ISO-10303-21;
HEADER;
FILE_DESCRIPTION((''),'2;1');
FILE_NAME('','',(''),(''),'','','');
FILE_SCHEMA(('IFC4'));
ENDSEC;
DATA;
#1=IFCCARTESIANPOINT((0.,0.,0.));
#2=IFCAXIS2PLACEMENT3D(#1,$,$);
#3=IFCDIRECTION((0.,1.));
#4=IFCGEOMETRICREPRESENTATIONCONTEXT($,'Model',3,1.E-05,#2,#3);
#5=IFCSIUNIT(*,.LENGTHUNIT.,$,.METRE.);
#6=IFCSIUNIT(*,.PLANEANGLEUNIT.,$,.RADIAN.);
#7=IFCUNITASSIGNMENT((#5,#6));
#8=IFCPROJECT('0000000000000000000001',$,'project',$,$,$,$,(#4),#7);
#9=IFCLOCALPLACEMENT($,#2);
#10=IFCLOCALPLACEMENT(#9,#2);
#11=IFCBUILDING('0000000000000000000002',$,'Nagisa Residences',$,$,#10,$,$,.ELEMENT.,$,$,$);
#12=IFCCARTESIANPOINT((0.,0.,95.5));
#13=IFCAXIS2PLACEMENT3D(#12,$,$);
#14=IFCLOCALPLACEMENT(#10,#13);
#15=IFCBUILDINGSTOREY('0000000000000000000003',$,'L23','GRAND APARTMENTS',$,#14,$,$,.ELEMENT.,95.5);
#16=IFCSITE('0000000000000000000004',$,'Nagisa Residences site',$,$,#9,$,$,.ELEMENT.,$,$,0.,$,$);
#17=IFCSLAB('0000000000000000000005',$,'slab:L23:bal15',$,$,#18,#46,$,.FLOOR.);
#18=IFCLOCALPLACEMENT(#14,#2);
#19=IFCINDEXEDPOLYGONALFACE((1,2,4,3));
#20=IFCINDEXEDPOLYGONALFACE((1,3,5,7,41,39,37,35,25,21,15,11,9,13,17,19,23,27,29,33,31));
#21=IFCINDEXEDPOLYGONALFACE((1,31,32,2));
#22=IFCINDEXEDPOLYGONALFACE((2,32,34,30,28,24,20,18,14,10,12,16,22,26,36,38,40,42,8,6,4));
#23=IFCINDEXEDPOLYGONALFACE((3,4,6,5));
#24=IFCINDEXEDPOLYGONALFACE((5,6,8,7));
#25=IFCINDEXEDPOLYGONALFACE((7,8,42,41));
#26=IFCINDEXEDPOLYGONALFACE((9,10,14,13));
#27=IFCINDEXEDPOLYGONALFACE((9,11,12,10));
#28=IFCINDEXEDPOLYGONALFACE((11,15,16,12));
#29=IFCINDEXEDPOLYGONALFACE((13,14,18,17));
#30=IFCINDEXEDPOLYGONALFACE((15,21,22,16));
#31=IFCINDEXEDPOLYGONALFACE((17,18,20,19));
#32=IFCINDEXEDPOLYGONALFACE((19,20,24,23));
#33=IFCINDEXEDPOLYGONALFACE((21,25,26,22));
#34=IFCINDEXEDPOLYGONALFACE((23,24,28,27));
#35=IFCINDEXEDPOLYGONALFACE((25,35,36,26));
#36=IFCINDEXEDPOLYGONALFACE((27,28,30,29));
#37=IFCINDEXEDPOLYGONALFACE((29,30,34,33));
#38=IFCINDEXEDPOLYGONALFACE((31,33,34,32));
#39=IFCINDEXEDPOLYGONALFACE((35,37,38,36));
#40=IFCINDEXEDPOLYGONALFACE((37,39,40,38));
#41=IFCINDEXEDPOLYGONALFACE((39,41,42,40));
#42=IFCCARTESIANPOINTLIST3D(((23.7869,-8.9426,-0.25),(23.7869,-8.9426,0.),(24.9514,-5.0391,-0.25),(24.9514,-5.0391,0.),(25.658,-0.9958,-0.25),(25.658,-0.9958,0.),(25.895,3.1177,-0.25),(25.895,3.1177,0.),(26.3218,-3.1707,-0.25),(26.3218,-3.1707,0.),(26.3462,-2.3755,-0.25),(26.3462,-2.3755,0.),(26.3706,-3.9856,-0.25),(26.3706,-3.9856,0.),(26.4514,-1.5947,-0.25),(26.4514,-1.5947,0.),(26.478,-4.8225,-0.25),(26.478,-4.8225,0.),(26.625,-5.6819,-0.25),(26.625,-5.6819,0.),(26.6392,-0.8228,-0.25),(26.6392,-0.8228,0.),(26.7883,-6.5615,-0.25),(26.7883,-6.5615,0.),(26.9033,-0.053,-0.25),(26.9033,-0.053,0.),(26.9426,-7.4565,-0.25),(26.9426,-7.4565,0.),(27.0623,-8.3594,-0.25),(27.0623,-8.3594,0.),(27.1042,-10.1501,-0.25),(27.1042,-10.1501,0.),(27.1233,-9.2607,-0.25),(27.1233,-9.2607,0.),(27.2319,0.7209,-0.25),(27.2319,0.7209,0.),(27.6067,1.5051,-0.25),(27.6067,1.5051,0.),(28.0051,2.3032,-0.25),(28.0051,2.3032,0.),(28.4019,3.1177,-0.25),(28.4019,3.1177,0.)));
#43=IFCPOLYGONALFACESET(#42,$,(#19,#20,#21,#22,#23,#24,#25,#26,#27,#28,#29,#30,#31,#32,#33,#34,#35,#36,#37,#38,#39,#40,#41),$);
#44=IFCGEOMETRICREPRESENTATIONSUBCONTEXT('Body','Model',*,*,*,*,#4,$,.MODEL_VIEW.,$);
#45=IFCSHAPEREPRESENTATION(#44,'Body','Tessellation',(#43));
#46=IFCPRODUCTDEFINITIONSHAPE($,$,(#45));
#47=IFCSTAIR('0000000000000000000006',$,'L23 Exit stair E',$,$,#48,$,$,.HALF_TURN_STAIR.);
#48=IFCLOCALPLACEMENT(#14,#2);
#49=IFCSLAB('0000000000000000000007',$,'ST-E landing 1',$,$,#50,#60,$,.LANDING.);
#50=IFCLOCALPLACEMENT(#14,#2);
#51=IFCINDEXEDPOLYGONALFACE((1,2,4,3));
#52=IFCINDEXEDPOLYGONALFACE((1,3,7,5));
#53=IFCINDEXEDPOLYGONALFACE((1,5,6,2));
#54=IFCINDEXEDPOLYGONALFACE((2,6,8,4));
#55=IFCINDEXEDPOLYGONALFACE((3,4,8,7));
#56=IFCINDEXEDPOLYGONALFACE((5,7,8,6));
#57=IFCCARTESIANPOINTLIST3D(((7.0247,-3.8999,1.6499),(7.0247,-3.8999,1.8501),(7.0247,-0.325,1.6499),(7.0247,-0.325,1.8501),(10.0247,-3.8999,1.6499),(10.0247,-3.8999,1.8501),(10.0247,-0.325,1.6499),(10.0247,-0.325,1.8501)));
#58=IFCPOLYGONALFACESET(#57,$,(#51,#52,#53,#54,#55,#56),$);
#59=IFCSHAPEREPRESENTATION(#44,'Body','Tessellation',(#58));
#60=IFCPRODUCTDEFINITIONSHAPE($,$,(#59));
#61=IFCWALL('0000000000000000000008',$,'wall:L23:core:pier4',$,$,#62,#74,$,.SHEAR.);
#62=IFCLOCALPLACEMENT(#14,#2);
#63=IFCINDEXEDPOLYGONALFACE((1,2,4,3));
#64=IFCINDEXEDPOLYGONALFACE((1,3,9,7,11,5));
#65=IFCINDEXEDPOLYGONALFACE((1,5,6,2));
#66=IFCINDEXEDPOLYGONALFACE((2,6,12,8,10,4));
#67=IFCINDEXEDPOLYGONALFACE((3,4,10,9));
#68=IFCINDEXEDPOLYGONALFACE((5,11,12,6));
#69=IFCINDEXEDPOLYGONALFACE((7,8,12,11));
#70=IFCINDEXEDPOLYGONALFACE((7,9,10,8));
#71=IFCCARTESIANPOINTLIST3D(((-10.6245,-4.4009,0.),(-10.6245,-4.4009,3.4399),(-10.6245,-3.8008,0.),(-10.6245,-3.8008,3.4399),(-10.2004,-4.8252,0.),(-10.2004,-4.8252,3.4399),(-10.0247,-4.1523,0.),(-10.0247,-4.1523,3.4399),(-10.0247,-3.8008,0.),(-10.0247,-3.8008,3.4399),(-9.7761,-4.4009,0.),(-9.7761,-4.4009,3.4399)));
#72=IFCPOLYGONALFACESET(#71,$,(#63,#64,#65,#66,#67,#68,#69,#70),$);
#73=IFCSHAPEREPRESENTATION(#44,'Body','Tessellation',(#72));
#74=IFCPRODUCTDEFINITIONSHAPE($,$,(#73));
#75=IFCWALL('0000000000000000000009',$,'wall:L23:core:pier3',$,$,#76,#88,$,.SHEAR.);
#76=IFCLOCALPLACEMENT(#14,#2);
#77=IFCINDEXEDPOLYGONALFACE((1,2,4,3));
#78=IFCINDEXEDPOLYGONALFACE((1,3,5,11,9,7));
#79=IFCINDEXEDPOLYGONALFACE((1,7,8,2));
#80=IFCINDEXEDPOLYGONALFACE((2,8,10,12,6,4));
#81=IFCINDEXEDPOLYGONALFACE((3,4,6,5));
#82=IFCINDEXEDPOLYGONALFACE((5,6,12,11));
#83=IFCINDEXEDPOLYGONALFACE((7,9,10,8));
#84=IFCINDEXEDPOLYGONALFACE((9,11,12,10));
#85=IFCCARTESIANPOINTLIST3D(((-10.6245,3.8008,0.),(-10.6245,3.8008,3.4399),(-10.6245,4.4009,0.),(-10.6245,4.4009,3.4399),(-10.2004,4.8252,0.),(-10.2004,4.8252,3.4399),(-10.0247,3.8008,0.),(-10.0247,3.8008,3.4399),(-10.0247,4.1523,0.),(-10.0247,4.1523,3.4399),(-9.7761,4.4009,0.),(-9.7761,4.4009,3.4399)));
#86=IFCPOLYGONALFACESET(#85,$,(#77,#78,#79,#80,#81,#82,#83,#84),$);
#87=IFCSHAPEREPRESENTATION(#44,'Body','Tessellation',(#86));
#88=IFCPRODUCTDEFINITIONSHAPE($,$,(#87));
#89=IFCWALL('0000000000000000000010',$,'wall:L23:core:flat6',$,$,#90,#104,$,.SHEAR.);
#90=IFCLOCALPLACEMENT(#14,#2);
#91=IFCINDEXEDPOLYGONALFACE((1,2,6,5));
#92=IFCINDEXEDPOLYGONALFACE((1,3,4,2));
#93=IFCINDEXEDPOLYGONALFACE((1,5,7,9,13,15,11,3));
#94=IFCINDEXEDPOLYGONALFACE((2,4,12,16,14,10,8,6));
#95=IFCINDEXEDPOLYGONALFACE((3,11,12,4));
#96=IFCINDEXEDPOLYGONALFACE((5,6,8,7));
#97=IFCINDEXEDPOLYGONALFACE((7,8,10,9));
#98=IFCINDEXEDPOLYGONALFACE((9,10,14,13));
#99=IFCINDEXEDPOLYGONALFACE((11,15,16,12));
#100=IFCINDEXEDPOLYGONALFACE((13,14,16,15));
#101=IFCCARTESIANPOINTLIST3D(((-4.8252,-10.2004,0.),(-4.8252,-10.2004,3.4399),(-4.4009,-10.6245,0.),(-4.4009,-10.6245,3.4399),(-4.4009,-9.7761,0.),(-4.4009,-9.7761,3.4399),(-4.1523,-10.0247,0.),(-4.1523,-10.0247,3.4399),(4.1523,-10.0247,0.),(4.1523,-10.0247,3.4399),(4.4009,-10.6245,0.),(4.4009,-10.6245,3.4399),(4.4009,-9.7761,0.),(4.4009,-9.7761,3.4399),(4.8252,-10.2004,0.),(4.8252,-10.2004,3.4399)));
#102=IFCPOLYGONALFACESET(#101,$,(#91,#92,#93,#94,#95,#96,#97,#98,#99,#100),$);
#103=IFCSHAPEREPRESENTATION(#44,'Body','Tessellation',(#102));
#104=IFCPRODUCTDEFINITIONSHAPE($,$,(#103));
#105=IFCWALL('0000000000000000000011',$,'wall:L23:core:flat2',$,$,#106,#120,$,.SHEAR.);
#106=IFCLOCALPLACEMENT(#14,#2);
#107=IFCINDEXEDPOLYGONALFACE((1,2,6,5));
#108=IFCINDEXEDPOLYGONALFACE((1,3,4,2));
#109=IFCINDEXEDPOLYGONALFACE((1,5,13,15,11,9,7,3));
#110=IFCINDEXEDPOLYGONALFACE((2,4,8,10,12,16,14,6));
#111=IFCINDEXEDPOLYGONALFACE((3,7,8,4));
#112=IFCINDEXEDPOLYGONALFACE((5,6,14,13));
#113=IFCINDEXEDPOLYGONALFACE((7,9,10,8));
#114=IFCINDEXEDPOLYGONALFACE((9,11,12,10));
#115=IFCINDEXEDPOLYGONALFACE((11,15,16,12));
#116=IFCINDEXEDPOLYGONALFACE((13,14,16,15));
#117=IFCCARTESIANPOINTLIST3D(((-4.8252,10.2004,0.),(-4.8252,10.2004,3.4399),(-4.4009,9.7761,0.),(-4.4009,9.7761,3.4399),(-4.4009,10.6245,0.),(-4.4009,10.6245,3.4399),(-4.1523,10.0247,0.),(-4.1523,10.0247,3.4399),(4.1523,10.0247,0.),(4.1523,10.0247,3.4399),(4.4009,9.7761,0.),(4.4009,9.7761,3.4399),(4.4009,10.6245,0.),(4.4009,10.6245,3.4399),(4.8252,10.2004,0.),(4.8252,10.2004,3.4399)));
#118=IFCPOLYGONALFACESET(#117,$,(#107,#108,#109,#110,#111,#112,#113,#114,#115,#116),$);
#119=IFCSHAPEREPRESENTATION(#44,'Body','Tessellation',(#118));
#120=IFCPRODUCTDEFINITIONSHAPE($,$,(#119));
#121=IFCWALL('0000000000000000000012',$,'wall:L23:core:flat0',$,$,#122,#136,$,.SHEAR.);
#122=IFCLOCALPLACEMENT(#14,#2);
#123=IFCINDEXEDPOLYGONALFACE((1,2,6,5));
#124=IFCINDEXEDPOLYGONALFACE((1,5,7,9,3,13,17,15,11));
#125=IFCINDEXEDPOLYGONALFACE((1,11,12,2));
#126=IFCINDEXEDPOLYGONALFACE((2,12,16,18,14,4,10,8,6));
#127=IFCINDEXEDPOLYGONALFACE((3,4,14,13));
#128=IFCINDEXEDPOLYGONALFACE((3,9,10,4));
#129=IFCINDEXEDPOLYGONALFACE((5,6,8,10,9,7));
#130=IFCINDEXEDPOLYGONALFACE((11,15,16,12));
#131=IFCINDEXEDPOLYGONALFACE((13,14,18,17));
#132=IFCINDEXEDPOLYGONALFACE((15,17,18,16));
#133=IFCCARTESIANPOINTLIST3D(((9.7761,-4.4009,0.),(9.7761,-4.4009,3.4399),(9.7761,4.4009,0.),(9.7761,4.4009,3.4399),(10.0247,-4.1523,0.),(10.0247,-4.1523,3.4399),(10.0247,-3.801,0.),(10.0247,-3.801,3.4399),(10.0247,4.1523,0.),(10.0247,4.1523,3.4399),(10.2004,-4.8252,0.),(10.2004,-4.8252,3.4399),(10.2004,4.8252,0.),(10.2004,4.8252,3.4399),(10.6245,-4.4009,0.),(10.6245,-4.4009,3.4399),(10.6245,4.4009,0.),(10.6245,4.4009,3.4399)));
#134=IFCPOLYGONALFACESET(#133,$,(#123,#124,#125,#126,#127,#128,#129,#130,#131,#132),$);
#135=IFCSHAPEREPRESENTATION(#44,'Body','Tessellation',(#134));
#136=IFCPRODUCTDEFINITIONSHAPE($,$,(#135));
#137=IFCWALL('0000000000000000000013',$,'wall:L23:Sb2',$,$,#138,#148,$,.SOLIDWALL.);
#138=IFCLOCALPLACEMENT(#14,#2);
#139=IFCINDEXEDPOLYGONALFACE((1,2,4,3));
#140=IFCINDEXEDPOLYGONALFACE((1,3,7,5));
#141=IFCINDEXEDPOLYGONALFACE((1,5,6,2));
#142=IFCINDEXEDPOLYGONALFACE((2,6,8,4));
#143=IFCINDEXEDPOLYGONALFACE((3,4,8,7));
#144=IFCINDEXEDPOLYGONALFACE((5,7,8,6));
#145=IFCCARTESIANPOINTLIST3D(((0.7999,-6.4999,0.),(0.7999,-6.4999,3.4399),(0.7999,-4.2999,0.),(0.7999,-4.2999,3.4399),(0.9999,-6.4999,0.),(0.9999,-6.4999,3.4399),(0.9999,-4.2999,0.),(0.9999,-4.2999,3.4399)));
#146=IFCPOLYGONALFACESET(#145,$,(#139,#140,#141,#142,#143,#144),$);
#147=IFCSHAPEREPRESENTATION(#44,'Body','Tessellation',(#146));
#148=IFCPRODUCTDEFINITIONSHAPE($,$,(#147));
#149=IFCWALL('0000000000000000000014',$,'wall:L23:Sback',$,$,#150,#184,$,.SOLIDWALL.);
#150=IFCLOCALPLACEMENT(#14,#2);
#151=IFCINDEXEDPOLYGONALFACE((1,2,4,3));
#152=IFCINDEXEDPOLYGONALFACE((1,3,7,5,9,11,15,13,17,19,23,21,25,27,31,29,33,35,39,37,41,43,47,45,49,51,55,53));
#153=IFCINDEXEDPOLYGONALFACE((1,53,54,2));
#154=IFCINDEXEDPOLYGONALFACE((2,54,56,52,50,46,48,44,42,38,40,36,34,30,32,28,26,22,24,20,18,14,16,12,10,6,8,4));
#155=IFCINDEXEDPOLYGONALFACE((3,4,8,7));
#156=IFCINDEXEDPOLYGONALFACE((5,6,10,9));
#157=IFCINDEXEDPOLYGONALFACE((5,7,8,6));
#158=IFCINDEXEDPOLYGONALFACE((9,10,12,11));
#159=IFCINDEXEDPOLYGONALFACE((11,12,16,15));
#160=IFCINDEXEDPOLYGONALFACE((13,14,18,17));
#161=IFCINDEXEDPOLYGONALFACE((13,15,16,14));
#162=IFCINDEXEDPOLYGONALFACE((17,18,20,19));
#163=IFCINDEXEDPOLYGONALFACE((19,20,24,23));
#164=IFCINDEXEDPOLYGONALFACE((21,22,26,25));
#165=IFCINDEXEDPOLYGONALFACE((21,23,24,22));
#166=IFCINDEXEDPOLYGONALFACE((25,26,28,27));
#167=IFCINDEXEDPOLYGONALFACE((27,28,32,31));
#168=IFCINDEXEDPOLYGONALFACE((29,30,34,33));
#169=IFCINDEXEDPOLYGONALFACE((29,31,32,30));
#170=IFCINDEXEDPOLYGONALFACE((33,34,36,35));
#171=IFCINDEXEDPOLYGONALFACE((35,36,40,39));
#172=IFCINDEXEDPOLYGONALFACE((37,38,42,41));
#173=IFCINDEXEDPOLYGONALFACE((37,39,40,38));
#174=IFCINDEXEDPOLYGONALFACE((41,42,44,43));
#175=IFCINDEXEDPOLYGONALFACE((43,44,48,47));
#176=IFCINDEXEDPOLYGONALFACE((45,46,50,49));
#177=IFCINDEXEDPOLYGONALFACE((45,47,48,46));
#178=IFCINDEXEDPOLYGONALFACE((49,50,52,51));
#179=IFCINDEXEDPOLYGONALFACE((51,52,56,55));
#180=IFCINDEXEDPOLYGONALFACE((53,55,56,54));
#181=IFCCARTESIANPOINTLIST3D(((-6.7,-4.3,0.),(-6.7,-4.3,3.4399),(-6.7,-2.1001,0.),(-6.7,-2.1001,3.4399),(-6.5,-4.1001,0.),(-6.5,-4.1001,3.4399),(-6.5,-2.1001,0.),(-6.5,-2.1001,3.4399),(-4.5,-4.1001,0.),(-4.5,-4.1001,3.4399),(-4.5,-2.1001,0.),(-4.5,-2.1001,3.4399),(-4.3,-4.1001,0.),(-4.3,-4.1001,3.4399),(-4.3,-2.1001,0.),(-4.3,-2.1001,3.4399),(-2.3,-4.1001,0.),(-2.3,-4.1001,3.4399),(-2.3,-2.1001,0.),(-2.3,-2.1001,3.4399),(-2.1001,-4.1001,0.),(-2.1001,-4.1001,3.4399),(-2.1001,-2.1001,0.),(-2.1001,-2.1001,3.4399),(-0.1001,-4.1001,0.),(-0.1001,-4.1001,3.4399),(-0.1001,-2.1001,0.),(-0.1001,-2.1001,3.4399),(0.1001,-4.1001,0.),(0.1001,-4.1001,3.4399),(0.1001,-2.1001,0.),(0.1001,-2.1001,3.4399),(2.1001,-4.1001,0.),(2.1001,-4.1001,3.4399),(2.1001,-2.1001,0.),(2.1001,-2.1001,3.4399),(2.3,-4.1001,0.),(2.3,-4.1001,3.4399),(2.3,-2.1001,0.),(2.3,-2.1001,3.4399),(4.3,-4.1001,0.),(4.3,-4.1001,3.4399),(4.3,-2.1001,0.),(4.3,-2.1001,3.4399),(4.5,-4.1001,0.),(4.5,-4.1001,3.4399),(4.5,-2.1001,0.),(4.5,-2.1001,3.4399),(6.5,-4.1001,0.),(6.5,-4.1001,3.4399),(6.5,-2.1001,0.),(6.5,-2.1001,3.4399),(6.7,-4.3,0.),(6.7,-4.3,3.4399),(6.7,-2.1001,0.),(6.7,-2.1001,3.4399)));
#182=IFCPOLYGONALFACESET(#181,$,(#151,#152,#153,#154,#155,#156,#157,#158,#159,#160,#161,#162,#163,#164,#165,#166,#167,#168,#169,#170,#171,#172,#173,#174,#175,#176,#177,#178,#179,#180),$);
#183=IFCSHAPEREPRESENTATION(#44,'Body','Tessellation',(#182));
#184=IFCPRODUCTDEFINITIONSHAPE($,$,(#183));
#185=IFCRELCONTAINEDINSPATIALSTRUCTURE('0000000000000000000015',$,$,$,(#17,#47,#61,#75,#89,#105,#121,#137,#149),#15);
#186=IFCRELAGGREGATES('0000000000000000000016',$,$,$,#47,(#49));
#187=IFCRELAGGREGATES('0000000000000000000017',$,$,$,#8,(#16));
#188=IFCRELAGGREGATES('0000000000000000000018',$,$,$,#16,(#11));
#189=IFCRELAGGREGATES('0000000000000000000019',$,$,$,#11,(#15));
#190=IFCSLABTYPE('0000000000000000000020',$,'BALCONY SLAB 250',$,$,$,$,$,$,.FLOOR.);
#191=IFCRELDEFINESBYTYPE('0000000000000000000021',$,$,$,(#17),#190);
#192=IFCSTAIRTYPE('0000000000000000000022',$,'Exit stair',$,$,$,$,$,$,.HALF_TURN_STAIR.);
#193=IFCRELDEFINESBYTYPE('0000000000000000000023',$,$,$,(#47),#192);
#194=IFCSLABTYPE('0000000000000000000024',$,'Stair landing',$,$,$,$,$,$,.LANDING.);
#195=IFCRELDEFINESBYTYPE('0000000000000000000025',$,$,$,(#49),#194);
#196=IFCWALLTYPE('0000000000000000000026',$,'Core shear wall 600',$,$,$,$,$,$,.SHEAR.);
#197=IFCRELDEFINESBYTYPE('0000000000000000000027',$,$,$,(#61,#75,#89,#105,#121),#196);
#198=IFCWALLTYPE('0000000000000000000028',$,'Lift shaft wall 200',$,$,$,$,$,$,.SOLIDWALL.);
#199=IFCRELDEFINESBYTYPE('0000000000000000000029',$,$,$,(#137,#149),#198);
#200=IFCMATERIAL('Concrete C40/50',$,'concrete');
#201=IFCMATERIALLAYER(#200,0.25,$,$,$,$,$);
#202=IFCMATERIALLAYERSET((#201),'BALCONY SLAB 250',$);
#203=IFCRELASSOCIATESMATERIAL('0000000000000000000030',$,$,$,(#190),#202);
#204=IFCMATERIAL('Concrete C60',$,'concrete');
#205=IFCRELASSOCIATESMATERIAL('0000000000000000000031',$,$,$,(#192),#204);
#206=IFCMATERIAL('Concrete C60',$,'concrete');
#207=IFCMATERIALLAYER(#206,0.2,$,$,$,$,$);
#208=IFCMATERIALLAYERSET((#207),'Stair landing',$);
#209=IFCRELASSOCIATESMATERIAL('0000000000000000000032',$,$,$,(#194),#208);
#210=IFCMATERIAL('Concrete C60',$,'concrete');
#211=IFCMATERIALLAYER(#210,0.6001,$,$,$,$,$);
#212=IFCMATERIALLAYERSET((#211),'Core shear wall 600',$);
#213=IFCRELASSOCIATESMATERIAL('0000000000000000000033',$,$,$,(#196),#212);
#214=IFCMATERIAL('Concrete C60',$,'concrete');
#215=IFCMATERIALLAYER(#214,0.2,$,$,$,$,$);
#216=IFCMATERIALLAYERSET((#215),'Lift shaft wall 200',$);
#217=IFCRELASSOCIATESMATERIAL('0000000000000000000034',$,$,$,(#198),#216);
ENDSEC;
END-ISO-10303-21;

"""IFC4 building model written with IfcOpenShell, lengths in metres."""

from ifc_helpers import new_model, si_unit, direction, frame, frame_2d, origin, place, context, subcontext, project, spatial, polyline, rectangle, outline, extrude, material, layer, layer_set, type_object, element, aggregate, save


model = new_model("IFC4")

# Units and contexts
model_context = context("Model", 3, precision=1e-05, world=origin(), true_north=direction((0.0, 1.0)))
body_context = subcontext(model_context, "Body", "Model", "MODEL_VIEW")
ifc_project = project(units=[si_unit("LENGTHUNIT", "METRE"), si_unit("PLANEANGLEUNIT", "RADIAN")], contexts=[model_context])

# Site, building, storey
site_placement = place(None, origin())
site = spatial("IfcSite", under=ifc_project, at=site_placement, Name="Nagisa Residences site", CompositionType="ELEMENT", RefElevation=0.0)
building_placement = place(site_placement, origin())
building = spatial("IfcBuilding", under=site, at=building_placement, Name="Nagisa Residences", CompositionType="ELEMENT")
storey_placement = place(building_placement, frame((0.0, 0.0, 95.5)))
storey = spatial("IfcBuildingStorey", under=building, at=storey_placement, Name="L23", Description="GRAND APARTMENTS", CompositionType="ELEMENT", Elevation=95.5)

# Slab
ifc_material_1 = material(Name="Concrete C40/50", Category="concrete")
ifc_layer_1 = layer(ifc_material_1, 0.25)
ifc_layer_set_1 = layer_set([ifc_layer_1], Name="BALCONY SLAB 250")
slab_type_1 = type_object("IfcSlabType", Name="BALCONY SLAB 250", PredefinedType="FLOOR", material=ifc_layer_set_1)
slab_1_placement = place(storey_placement, frame((0.0, 0.0, -0.25)))
element("IfcSlab", 1, at=slab_1_placement, inside=storey, type_object=slab_type_1, Name="slab:L23:bal15", PredefinedType="FLOOR", context=body_context, shape_type="SweptSolid", body=[
    extrude(outline(polyline([(27.1042, -10.1501), (27.1233, -9.2607), (27.0623, -8.3594), (26.9426, -7.4565), (26.7883, -6.5615), (26.625, -5.6819), (26.478, -4.8225), (26.3706, -3.9856), (26.3218, -3.1707), (26.3462, -2.3755), (26.4514, -1.5947), (26.6392, -0.8228), (26.9033, -0.053), (27.2319, 0.7209), (27.6067, 1.5051), (28.0051, 2.3032), (28.4019, 3.1177), (25.895, 3.1177), (25.658, -0.9958), (24.9514, -5.0391), (23.7869, -8.9426), (27.1042, -10.1501)])), origin(), (0.0, 0.0, 1.0), 0.25),
])

# Stair, slab
ifc_material_2 = material(Name="Concrete C60", Category="concrete")
stair_type = type_object("IfcStairType", Name="Exit stair", PredefinedType="HALF_TURN_STAIR", material=ifc_material_2)
stair_1_placement = place(storey_placement, origin())
stair_1 = element("IfcStair", 2, at=stair_1_placement, inside=storey, type_object=stair_type, Name="L23 Exit stair E", PredefinedType="HALF_TURN_STAIR")
ifc_material_3 = material(Name="Concrete C60", Category="concrete")
ifc_layer_2 = layer(ifc_material_3, 0.2)
ifc_layer_set_2 = layer_set([ifc_layer_2], Name="Stair landing")
slab_type_2 = type_object("IfcSlabType", Name="Stair landing", PredefinedType="LANDING", material=ifc_layer_set_2)
slab_2_placement = place(storey_placement, frame((0.0, 0.0, 1.6499)))
slab_2 = element("IfcSlab", 3, at=slab_2_placement, type_object=slab_type_2, Name="ST-E landing 1", PredefinedType="LANDING", context=body_context, shape_type="SweptSolid", body=[
    extrude(outline(polyline([(7.0247, -0.325), (7.0247, -3.8999), (10.0247, -3.8999), (10.0247, -0.325), (7.0247, -0.325)])), origin(), (0.0, 0.0, 1.0), 0.2002),
])
aggregate(stair_1, [slab_2])

# Walls
ifc_material_4 = material(Name="Concrete C60", Category="concrete")
ifc_layer_3 = layer(ifc_material_4, 0.6001)
ifc_layer_set_3 = layer_set([ifc_layer_3], Name="Core shear wall 600")
wall_type_1 = type_object("IfcWallType", Name="Core shear wall 600", PredefinedType="SHEAR", material=ifc_layer_set_3)
wall_1_placement = place(storey_placement, origin())
element("IfcWall", 4, at=wall_1_placement, inside=storey, type_object=wall_type_1, Name="wall:L23:core:pier4", PredefinedType="SHEAR", context=body_context, shape_type="SweptSolid", body=[
    extrude(outline(polyline([(-10.6245, -3.8008), (-10.0247, -3.8008), (-10.0247, -4.1523), (-9.7761, -4.4009), (-10.2004, -4.8252), (-10.6245, -4.4009), (-10.6245, -3.8008)])), origin(), (0.0, 0.0, 1.0), 3.4399),
])
wall_2_placement = place(storey_placement, origin())
element("IfcWall", 5, at=wall_2_placement, inside=storey, type_object=wall_type_1, Name="wall:L23:core:pier3", PredefinedType="SHEAR", context=body_context, shape_type="SweptSolid", body=[
    extrude(outline(polyline([(-10.2004, 4.8252), (-9.7761, 4.4009), (-10.0247, 4.1523), (-10.0247, 3.8008), (-10.6245, 3.8008), (-10.6245, 4.4009), (-10.2004, 4.8252)])), origin(), (0.0, 0.0, 1.0), 3.4399),
])
wall_3_placement = place(storey_placement, origin())
element("IfcWall", 6, at=wall_3_placement, inside=storey, type_object=wall_type_1, Name="wall:L23:core:flat6", PredefinedType="SHEAR", context=body_context, shape_type="SweptSolid", body=[
    extrude(outline(polyline([(-4.1523, -10.0247), (4.1523, -10.0247), (4.4009, -9.7761), (4.8252, -10.2004), (4.4009, -10.6245), (-4.4009, -10.6245), (-4.8252, -10.2004), (-4.4009, -9.7761), (-4.1523, -10.0247)])), origin(), (0.0, 0.0, 1.0), 3.4399),
])
wall_4_placement = place(storey_placement, origin())
element("IfcWall", 7, at=wall_4_placement, inside=storey, type_object=wall_type_1, Name="wall:L23:core:flat2", PredefinedType="SHEAR", context=body_context, shape_type="SweptSolid", body=[
    extrude(outline(polyline([(-4.1523, 10.0247), (-4.4009, 9.7761), (-4.8252, 10.2004), (-4.4009, 10.6245), (4.4009, 10.6245), (4.8252, 10.2004), (4.4009, 9.7761), (4.1523, 10.0247), (-4.1523, 10.0247)])), origin(), (0.0, 0.0, 1.0), 3.4399),
])
wall_5_placement = place(storey_placement, origin())
element("IfcWall", 8, at=wall_5_placement, inside=storey, type_object=wall_type_1, Name="wall:L23:core:flat0", PredefinedType="SHEAR", context=body_context, shape_type="SweptSolid", body=[
    extrude(outline(polyline([(9.7761, -4.4009), (10.0247, -4.1523), (10.0247, -3.801), (10.0247, 4.1523), (9.7761, 4.4009), (10.2004, 4.8252), (10.6245, 4.4009), (10.6245, -4.4009), (10.2004, -4.8252), (9.7761, -4.4009)])), origin(), (0.0, 0.0, 1.0), 3.4399),
])
ifc_material_5 = material(Name="Concrete C60", Category="concrete")
ifc_layer_4 = layer(ifc_material_5, 0.2)
ifc_layer_set_4 = layer_set([ifc_layer_4], Name="Lift shaft wall 200")
wall_type_2 = type_object("IfcWallType", Name="Lift shaft wall 200", PredefinedType="SOLIDWALL", material=ifc_layer_set_4)
wall_6_placement = place(storey_placement, frame((0.8999, -6.5, 0.0), z_axis=(0.0, 0.0, 1.0), x_axis=(0.0, 1.0, 0.0)))
element("IfcWall", 9, at=wall_6_placement, inside=storey, type_object=wall_type_2, Name="wall:L23:Sb2", PredefinedType="SOLIDWALL", context=body_context, shape_type="SweptSolid", body=[
    extrude(rectangle(XDim=2.2, YDim=0.2, at=frame_2d((1.1001, 0.0))), origin(), (0.0, 0.0, 1.0), 3.4399),
])
wall_7_placement = place(storey_placement, origin())
element("IfcWall", 10, at=wall_7_placement, inside=storey, type_object=wall_type_2, Name="wall:L23:Sback", PredefinedType="SOLIDWALL", context=body_context, shape_type="SweptSolid", body=[
    extrude(outline(polyline([(-6.7, -2.1001), (-6.5, -2.1001), (-6.5, -4.1001), (-4.5, -4.1001), (-4.5, -2.1001), (-4.3, -2.1001), (-4.3, -4.1001), (-2.3, -4.1001), (-2.3, -2.1001), (-2.1001, -2.1001), (-2.1001, -4.1001), (-0.1001, -4.1001), (-0.1001, -2.1001), (0.1001, -2.1001), (0.1001, -4.1001), (2.1001, -4.1001), (2.1001, -2.1001), (2.3, -2.1001), (2.3, -4.1001), (4.3, -4.1001), (4.3, -2.1001), (4.5, -2.1001), (4.5, -4.1001), (6.5, -4.1001), (6.5, -2.1001), (6.7, -2.1001), (6.7, -4.3), (-6.7, -4.3), (-6.7, -2.1001)])), origin(), (0.0, 0.0, 1.0), 3.4399),
])

save(model, "model.ifc")
